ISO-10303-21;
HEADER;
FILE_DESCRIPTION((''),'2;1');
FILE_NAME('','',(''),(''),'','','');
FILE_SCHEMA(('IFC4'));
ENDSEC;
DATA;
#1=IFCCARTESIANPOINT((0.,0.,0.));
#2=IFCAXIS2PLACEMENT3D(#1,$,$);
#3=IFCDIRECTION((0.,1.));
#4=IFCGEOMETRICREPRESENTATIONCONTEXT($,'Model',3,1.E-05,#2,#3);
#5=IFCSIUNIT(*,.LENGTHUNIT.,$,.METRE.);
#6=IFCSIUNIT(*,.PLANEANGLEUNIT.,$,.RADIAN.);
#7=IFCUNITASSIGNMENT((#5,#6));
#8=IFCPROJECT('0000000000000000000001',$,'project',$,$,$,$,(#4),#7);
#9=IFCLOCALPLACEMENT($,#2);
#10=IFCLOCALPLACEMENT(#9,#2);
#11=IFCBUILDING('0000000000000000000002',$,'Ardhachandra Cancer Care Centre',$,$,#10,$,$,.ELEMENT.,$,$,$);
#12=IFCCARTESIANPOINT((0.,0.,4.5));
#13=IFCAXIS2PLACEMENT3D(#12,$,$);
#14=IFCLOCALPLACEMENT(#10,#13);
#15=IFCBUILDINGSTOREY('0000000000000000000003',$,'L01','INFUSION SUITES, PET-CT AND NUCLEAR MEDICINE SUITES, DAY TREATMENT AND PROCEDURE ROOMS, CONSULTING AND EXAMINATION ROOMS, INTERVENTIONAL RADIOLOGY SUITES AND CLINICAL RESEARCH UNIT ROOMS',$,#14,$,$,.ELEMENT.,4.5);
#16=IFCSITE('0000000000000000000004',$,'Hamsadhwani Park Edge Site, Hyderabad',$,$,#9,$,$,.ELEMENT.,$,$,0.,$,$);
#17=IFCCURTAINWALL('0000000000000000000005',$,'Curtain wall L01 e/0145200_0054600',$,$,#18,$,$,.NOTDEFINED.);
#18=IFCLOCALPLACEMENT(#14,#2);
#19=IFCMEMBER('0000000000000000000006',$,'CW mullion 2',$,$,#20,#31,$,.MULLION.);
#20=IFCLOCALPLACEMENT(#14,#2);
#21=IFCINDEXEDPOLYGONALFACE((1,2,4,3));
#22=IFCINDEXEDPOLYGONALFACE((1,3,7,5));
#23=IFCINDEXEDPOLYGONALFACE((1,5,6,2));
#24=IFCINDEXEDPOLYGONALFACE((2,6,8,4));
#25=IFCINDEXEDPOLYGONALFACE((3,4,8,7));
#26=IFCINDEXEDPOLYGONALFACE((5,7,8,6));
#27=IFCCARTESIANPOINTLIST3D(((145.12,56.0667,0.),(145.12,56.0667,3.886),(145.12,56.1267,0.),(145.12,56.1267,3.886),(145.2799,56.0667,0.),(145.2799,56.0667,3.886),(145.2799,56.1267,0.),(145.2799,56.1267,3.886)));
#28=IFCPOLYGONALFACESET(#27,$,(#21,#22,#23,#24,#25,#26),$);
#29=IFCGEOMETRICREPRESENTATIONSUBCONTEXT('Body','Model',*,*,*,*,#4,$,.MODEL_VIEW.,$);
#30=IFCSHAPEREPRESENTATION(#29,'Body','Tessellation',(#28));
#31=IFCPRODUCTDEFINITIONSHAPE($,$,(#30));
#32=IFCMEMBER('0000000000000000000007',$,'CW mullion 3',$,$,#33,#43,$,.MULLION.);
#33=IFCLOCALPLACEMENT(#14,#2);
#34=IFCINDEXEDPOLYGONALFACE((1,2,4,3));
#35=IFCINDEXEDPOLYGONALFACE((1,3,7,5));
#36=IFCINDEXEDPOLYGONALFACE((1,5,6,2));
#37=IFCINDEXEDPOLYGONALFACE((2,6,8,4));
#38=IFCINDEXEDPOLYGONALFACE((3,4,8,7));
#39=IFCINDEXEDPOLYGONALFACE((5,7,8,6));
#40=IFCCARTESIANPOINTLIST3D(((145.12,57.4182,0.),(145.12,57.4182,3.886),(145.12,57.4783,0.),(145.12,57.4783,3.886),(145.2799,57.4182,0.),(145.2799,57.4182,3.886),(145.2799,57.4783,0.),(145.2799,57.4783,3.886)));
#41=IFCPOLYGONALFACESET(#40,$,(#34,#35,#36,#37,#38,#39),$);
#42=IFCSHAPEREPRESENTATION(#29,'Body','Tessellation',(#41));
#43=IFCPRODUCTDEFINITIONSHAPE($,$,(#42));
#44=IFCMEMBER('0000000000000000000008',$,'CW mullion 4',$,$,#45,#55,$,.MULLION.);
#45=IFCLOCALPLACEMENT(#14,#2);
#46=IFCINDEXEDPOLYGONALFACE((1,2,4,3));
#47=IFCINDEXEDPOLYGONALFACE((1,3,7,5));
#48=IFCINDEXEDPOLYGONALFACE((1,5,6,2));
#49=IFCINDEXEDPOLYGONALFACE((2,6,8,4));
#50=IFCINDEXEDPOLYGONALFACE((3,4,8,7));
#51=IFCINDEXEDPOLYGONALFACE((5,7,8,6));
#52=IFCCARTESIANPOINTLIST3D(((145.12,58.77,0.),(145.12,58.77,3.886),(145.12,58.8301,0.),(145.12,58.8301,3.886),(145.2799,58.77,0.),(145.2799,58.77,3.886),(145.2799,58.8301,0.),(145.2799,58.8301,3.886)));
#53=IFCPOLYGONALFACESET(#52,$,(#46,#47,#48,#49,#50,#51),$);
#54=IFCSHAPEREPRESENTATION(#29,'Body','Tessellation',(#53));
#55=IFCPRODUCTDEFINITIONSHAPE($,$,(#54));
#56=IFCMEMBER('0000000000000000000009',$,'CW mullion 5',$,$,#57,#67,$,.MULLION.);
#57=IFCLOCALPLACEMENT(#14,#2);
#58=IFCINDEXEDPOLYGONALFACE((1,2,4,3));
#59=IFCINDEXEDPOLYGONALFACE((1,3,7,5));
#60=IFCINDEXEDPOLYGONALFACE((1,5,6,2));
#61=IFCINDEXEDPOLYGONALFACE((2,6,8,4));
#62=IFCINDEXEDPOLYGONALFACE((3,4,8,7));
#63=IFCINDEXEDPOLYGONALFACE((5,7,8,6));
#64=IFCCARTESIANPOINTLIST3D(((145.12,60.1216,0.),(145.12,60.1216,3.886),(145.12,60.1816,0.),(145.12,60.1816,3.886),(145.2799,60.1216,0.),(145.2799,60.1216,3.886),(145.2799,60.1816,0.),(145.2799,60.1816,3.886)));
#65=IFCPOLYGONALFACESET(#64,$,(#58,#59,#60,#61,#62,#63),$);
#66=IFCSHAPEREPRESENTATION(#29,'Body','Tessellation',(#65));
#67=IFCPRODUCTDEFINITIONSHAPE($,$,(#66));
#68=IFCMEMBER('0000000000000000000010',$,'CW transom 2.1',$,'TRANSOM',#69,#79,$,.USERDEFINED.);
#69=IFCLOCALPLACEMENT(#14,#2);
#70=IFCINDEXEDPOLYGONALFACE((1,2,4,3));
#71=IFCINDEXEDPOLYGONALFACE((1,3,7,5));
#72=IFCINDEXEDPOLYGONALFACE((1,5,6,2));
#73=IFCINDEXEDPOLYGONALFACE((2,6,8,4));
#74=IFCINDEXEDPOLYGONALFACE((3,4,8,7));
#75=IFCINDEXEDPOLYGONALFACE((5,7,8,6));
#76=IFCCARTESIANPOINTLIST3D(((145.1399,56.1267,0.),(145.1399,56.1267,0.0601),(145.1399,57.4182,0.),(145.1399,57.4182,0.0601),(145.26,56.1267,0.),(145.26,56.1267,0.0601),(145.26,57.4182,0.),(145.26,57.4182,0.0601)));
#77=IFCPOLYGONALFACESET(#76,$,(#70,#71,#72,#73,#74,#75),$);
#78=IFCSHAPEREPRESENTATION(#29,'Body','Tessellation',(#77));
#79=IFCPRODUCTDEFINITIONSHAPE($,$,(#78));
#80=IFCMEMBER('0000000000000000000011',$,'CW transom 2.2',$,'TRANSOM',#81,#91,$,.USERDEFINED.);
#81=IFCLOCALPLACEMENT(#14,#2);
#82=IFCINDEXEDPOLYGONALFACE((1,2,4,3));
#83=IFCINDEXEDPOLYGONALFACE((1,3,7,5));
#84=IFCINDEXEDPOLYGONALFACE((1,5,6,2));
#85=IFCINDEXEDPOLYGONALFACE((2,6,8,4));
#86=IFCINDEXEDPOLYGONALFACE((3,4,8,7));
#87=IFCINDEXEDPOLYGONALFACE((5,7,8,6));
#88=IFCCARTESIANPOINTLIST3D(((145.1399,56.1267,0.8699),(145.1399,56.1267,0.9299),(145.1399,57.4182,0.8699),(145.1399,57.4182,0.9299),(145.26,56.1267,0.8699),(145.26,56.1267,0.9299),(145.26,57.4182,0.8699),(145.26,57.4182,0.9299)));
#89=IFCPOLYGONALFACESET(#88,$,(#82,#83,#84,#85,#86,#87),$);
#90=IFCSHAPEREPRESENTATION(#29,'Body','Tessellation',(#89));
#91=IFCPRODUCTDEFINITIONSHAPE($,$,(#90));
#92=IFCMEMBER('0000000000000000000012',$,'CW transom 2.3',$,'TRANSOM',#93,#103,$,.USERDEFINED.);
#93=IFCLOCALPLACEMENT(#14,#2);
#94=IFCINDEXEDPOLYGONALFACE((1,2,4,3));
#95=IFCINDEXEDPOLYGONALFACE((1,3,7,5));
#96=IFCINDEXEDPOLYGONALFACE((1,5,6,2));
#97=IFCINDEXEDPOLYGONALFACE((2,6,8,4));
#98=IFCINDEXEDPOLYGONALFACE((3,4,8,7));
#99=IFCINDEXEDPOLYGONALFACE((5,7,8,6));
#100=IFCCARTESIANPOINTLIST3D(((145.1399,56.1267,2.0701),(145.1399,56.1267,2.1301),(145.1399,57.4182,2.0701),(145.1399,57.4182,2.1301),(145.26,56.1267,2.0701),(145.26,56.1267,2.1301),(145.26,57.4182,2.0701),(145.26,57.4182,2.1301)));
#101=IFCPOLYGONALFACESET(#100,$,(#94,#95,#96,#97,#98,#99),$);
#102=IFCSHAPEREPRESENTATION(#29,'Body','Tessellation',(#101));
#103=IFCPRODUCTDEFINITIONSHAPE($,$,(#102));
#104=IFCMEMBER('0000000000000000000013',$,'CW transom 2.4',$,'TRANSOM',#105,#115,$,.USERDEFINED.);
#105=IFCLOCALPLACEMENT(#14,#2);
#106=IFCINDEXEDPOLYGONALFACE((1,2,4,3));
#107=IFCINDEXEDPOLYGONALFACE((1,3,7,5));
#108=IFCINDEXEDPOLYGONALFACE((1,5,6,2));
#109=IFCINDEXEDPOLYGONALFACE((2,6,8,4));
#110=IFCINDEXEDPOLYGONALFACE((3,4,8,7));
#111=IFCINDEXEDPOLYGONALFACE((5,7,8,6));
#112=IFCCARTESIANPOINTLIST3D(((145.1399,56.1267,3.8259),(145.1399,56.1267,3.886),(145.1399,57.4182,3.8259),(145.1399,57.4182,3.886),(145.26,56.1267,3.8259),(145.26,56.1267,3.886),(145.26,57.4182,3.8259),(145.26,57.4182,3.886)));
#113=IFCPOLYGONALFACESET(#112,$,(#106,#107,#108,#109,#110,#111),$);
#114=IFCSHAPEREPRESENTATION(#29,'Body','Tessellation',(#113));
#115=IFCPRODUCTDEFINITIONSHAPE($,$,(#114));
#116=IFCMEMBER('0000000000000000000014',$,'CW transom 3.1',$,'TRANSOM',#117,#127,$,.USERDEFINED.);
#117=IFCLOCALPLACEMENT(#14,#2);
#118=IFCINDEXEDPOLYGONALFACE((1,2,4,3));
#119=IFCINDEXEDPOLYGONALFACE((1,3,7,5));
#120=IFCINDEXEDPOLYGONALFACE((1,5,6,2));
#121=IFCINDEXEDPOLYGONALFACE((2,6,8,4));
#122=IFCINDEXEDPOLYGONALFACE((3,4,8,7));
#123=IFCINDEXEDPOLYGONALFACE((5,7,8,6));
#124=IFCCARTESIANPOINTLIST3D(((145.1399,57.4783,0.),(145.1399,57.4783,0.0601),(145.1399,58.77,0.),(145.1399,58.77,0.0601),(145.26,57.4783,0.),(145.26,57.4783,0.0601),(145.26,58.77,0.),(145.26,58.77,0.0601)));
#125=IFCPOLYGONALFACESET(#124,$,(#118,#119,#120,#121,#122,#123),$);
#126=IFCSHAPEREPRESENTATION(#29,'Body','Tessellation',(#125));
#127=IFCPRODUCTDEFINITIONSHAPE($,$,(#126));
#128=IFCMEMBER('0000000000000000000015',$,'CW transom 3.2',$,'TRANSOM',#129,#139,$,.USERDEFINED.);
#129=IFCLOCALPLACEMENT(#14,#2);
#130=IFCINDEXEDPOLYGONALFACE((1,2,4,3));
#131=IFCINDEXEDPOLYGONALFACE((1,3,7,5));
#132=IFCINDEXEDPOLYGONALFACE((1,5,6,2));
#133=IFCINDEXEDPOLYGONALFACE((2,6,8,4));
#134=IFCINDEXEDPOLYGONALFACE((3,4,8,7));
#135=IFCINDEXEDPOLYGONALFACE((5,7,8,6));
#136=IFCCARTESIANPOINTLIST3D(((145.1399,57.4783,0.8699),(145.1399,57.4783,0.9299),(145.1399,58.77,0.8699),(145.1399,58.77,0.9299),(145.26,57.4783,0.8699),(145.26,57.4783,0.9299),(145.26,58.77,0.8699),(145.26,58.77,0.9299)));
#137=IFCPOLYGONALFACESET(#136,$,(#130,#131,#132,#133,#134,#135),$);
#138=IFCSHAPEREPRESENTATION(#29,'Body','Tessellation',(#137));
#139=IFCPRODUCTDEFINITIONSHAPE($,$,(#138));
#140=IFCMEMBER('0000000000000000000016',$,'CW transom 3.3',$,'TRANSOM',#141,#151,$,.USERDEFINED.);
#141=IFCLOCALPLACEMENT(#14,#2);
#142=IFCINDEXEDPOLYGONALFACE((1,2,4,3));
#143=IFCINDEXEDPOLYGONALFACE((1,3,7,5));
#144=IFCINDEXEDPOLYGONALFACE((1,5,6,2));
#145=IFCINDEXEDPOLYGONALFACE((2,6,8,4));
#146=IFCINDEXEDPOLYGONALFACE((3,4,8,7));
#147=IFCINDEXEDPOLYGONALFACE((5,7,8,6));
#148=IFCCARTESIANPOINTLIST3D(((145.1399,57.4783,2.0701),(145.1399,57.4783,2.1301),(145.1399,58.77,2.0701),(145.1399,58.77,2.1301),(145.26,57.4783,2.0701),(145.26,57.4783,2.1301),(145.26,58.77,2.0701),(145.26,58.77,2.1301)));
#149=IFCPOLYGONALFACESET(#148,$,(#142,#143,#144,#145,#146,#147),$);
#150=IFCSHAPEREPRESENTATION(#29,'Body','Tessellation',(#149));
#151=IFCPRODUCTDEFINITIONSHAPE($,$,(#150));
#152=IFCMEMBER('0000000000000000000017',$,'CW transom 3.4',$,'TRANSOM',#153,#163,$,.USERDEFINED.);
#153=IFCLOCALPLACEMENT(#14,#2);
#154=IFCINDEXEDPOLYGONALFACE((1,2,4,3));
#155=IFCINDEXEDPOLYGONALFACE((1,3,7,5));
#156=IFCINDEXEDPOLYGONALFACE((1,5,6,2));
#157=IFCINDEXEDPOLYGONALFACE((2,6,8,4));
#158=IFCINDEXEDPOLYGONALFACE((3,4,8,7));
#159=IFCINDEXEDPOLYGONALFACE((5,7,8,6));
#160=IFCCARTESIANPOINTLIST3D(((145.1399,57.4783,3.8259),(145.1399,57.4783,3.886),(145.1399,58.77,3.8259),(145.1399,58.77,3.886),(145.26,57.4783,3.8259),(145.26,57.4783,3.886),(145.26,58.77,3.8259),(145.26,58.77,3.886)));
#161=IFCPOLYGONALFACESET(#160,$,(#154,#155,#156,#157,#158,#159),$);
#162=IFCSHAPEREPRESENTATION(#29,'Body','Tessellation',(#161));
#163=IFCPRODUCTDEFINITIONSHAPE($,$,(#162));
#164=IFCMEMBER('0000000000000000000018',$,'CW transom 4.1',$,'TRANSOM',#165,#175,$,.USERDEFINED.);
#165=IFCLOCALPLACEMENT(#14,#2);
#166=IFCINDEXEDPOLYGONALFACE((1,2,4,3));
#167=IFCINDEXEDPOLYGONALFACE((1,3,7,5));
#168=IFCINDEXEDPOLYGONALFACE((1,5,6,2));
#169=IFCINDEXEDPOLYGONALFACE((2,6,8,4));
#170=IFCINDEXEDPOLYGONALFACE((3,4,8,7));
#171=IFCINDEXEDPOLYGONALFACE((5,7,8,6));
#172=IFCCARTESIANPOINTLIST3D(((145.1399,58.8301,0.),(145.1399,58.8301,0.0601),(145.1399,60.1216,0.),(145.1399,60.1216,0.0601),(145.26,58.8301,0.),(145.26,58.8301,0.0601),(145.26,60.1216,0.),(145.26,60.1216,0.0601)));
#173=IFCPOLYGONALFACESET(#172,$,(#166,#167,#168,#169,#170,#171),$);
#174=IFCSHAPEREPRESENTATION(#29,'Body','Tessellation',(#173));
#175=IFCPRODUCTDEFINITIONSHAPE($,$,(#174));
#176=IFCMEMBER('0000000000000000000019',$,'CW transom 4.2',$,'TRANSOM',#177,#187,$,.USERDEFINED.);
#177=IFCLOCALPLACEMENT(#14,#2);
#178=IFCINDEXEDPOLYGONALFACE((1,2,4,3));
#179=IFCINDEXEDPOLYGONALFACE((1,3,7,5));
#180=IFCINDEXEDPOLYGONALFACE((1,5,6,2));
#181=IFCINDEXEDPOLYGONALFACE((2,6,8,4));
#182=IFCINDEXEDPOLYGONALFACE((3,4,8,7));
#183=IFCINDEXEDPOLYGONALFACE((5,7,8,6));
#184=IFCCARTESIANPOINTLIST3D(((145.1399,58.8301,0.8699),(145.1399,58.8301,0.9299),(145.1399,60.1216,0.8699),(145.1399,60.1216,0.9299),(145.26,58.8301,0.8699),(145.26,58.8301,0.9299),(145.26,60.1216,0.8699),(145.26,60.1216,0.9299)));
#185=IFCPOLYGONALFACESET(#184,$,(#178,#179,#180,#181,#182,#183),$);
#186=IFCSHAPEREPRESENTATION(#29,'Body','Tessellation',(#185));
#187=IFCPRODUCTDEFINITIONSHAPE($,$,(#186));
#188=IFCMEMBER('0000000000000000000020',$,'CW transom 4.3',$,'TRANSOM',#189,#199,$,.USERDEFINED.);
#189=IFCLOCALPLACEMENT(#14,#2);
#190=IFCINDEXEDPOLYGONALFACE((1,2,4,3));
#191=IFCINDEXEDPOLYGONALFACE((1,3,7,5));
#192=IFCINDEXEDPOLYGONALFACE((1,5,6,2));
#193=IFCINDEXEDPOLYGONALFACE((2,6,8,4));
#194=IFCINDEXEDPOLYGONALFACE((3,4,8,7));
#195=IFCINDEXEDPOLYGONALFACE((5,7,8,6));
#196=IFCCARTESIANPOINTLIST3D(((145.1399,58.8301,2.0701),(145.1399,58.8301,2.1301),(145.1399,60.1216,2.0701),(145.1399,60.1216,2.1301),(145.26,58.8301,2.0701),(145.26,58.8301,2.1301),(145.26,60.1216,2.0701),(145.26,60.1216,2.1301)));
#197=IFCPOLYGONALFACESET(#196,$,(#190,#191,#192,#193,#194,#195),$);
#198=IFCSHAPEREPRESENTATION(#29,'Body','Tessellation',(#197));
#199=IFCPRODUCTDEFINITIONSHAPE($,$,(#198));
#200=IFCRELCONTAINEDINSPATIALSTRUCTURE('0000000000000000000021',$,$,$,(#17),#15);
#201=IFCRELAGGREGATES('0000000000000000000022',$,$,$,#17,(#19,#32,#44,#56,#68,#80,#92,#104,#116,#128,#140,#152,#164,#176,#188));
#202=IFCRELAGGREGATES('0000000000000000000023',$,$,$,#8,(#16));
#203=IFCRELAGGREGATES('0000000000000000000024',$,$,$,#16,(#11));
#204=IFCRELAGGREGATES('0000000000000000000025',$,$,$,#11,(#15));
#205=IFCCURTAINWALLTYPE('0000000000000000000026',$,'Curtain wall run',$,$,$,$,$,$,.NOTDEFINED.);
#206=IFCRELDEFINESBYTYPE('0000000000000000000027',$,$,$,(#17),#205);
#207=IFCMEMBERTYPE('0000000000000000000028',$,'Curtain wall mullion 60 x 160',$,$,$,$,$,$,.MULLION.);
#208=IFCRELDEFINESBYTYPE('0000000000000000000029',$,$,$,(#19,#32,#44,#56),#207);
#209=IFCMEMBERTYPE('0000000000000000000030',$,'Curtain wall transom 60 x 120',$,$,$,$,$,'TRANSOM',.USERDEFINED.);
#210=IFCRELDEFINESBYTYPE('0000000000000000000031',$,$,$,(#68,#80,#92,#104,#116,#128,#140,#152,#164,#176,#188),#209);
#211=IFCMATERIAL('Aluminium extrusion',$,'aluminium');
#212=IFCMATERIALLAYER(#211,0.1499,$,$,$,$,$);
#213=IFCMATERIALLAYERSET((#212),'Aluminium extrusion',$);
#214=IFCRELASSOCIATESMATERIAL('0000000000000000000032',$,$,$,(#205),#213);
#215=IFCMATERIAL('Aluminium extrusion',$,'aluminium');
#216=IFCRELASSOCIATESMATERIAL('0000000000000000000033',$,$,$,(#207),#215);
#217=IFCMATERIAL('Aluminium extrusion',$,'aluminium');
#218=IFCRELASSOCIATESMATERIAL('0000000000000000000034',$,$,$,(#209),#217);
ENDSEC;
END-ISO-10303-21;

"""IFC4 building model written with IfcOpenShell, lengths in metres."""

from ifc_helpers import new_model, si_unit, direction, frame, origin, origin_2d, place, context, subcontext, project, spatial, rectangle, extrude, material, layer, layer_set, material_profile, profile_set, type_object, element, aggregate, save


model = new_model("IFC4")

# Units and contexts
model_context = context("Model", 3, precision=1e-05, world=origin(), true_north=direction((0.0, 1.0)))
body_context = subcontext(model_context, "Body", "Model", "MODEL_VIEW")
ifc_project = project(units=[si_unit("LENGTHUNIT", "METRE"), si_unit("PLANEANGLEUNIT", "RADIAN")], contexts=[model_context])

# Site, building, storey
site_placement = place(None, origin())
site = spatial("IfcSite", under=ifc_project, at=site_placement, Name="Hamsadhwani Park Edge Site, Hyderabad", CompositionType="ELEMENT", RefElevation=0.0)
building_placement = place(site_placement, origin())
building = spatial("IfcBuilding", under=site, at=building_placement, Name="Ardhachandra Cancer Care Centre", CompositionType="ELEMENT")
storey_placement = place(building_placement, frame((0.0, 0.0, 4.5)))
storey = spatial("IfcBuildingStorey", under=building, at=storey_placement, Name="L01", Description="INFUSION SUITES, PET-CT AND NUCLEAR MEDICINE SUITES, DAY TREATMENT AND PROCEDURE ROOMS, CONSULTING AND EXAMINATION ROOMS, INTERVENTIONAL RADIOLOGY SUITES AND CLINICAL RESEARCH UNIT ROOMS", CompositionType="ELEMENT", Elevation=4.5)

# Curtain wall, members
ifc_material_1 = material(Name="Aluminium extrusion", Category="aluminium")
ifc_layer_1 = layer(ifc_material_1, 0.1499)
ifc_layer_set_1 = layer_set([ifc_layer_1], Name="Aluminium extrusion")
curtain_wall_type = type_object("IfcCurtainWallType", Name="Curtain wall run", PredefinedType="NOTDEFINED", material=ifc_layer_set_1)
curtain_wall_placement = place(storey_placement, origin())
curtain_wall = element("IfcCurtainWall", 1, at=curtain_wall_placement, inside=storey, type_object=curtain_wall_type, Name="Curtain wall L01 e/0145200_0054600", PredefinedType="NOTDEFINED")
ifc_material_2 = material(Name="Aluminium extrusion", Category="aluminium")
ifc_material_profile_1 = material_profile(ifc_material_2, rectangle(XDim=0.1599, YDim=0.0601, at=origin_2d()), Name="Curtain wall mullion 60 x 160")
ifc_profile_set_1 = profile_set([ifc_material_profile_1], Name="Aluminium extrusion")
member_type_1 = type_object("IfcMemberType", Name="Curtain wall mullion 60 x 160", PredefinedType="MULLION", material=ifc_profile_set_1)
member_1_placement = place(storey_placement, frame((145.2, 56.0967, 0.0), z_axis=(0.0, 0.0, 1.0), x_axis=(-1.0, 0.0, 0.0)))
member_1 = element("IfcMember", 2, at=member_1_placement, type_object=member_type_1, Name="CW mullion 2", PredefinedType="MULLION", context=body_context, shape_type="SweptSolid", body=[
    extrude(rectangle(XDim=0.1599, YDim=0.0601, at=origin_2d()), origin(), (0.0, 0.0, 1.0), 3.886),
])
member_2_placement = place(storey_placement, frame((145.2, 57.4482, 0.0), z_axis=(0.0, 0.0, 1.0), x_axis=(-1.0, 0.0, 0.0)))
member_2 = element("IfcMember", 3, at=member_2_placement, type_object=member_type_1, Name="CW mullion 3", PredefinedType="MULLION", context=body_context, shape_type="SweptSolid", body=[
    extrude(rectangle(XDim=0.1599, YDim=0.0601, at=origin_2d()), origin(), (0.0, 0.0, 1.0), 3.886),
])
member_3_placement = place(storey_placement, frame((145.2, 58.8, 0.0), z_axis=(0.0, 0.0, 1.0), x_axis=(-1.0, 0.0, 0.0)))
member_3 = element("IfcMember", 4, at=member_3_placement, type_object=member_type_1, Name="CW mullion 4", PredefinedType="MULLION", context=body_context, shape_type="SweptSolid", body=[
    extrude(rectangle(XDim=0.1599, YDim=0.0601, at=origin_2d()), origin(), (0.0, 0.0, 1.0), 3.886),
])
member_4_placement = place(storey_placement, frame((145.2, 60.1516, 0.0), z_axis=(0.0, 0.0, 1.0), x_axis=(-1.0, 0.0, 0.0)))
member_4 = element("IfcMember", 5, at=member_4_placement, type_object=member_type_1, Name="CW mullion 5", PredefinedType="MULLION", context=body_context, shape_type="SweptSolid", body=[
    extrude(rectangle(XDim=0.1599, YDim=0.0601, at=origin_2d()), origin(), (0.0, 0.0, 1.0), 3.886),
])
ifc_material_3 = material(Name="Aluminium extrusion", Category="aluminium")
ifc_material_profile_2 = material_profile(ifc_material_3, rectangle(XDim=0.1201, YDim=0.0601, at=origin_2d()), Name="Curtain wall transom 60 x 120")
ifc_profile_set_2 = profile_set([ifc_material_profile_2], Name="Aluminium extrusion")
member_type_2 = type_object("IfcMemberType", Name="Curtain wall transom 60 x 120", ElementType="TRANSOM", PredefinedType="USERDEFINED", material=ifc_profile_set_2)
member_5_placement = place(storey_placement, frame((145.2, 56.1267, 0.03), z_axis=(0.0, 1.0, 0.0), x_axis=(-1.0, 0.0, 0.0)))
member_5 = element("IfcMember", 6, at=member_5_placement, type_object=member_type_2, Name="CW transom 2.1", ObjectType="TRANSOM", PredefinedType="USERDEFINED", context=body_context, shape_type="SweptSolid", body=[
    extrude(rectangle(XDim=0.1201, YDim=0.0601, at=origin_2d()), origin(), (0.0, 0.0, 1.0), 1.2915),
])
member_6_placement = place(storey_placement, frame((145.2, 56.1267, 0.8999), z_axis=(0.0, 1.0, 0.0), x_axis=(-1.0, 0.0, 0.0)))
member_6 = element("IfcMember", 7, at=member_6_placement, type_object=member_type_2, Name="CW transom 2.2", ObjectType="TRANSOM", PredefinedType="USERDEFINED", context=body_context, shape_type="SweptSolid", body=[
    extrude(rectangle(XDim=0.1201, YDim=0.0601, at=origin_2d()), origin(), (0.0, 0.0, 1.0), 1.2915),
])
member_7_placement = place(storey_placement, frame((145.2, 56.1267, 2.1001), z_axis=(0.0, 1.0, 0.0), x_axis=(-1.0, 0.0, 0.0)))
member_7 = element("IfcMember", 8, at=member_7_placement, type_object=member_type_2, Name="CW transom 2.3", ObjectType="TRANSOM", PredefinedType="USERDEFINED", context=body_context, shape_type="SweptSolid", body=[
    extrude(rectangle(XDim=0.1201, YDim=0.0601, at=origin_2d()), origin(), (0.0, 0.0, 1.0), 1.2915),
])
member_8_placement = place(storey_placement, frame((145.2, 56.1267, 3.856), z_axis=(0.0, 1.0, 0.0), x_axis=(-1.0, 0.0, 0.0)))
member_8 = element("IfcMember", 9, at=member_8_placement, type_object=member_type_2, Name="CW transom 2.4", ObjectType="TRANSOM", PredefinedType="USERDEFINED", context=body_context, shape_type="SweptSolid", body=[
    extrude(rectangle(XDim=0.1201, YDim=0.0601, at=origin_2d()), origin(), (0.0, 0.0, 1.0), 1.2915),
])
member_9_placement = place(storey_placement, frame((145.2, 57.4783, 0.03), z_axis=(0.0, 1.0, 0.0), x_axis=(-1.0, 0.0, 0.0)))
member_9 = element("IfcMember", 10, at=member_9_placement, type_object=member_type_2, Name="CW transom 3.1", ObjectType="TRANSOM", PredefinedType="USERDEFINED", context=body_context, shape_type="SweptSolid", body=[
    extrude(rectangle(XDim=0.1201, YDim=0.0601, at=origin_2d()), origin(), (0.0, 0.0, 1.0), 1.2917),
])
member_10_placement = place(storey_placement, frame((145.2, 57.4783, 0.8999), z_axis=(0.0, 1.0, 0.0), x_axis=(-1.0, 0.0, 0.0)))
member_10 = element("IfcMember", 11, at=member_10_placement, type_object=member_type_2, Name="CW transom 3.2", ObjectType="TRANSOM", PredefinedType="USERDEFINED", context=body_context, shape_type="SweptSolid", body=[
    extrude(rectangle(XDim=0.1201, YDim=0.0601, at=origin_2d()), origin(), (0.0, 0.0, 1.0), 1.2917),
])
member_11_placement = place(storey_placement, frame((145.2, 57.4783, 2.1001), z_axis=(0.0, 1.0, 0.0), x_axis=(-1.0, 0.0, 0.0)))
member_11 = element("IfcMember", 12, at=member_11_placement, type_object=member_type_2, Name="CW transom 3.3", ObjectType="TRANSOM", PredefinedType="USERDEFINED", context=body_context, shape_type="SweptSolid", body=[
    extrude(rectangle(XDim=0.1201, YDim=0.0601, at=origin_2d()), origin(), (0.0, 0.0, 1.0), 1.2917),
])
member_12_placement = place(storey_placement, frame((145.2, 57.4783, 3.856), z_axis=(0.0, 1.0, 0.0), x_axis=(-1.0, 0.0, 0.0)))
member_12 = element("IfcMember", 13, at=member_12_placement, type_object=member_type_2, Name="CW transom 3.4", ObjectType="TRANSOM", PredefinedType="USERDEFINED", context=body_context, shape_type="SweptSolid", body=[
    extrude(rectangle(XDim=0.1201, YDim=0.0601, at=origin_2d()), origin(), (0.0, 0.0, 1.0), 1.2917),
])
member_13_placement = place(storey_placement, frame((145.2, 58.8301, 0.03), z_axis=(0.0, 1.0, 0.0), x_axis=(-1.0, 0.0, 0.0)))
member_13 = element("IfcMember", 14, at=member_13_placement, type_object=member_type_2, Name="CW transom 4.1", ObjectType="TRANSOM", PredefinedType="USERDEFINED", context=body_context, shape_type="SweptSolid", body=[
    extrude(rectangle(XDim=0.1201, YDim=0.0601, at=origin_2d()), origin(), (0.0, 0.0, 1.0), 1.2915),
])
member_14_placement = place(storey_placement, frame((145.2, 58.8301, 0.8999), z_axis=(0.0, 1.0, 0.0), x_axis=(-1.0, 0.0, 0.0)))
member_14 = element("IfcMember", 15, at=member_14_placement, type_object=member_type_2, Name="CW transom 4.2", ObjectType="TRANSOM", PredefinedType="USERDEFINED", context=body_context, shape_type="SweptSolid", body=[
    extrude(rectangle(XDim=0.1201, YDim=0.0601, at=origin_2d()), origin(), (0.0, 0.0, 1.0), 1.2915),
])
member_15_placement = place(storey_placement, frame((145.2, 58.8301, 2.1001), z_axis=(0.0, 1.0, 0.0), x_axis=(-1.0, 0.0, 0.0)))
member_15 = element("IfcMember", 16, at=member_15_placement, type_object=member_type_2, Name="CW transom 4.3", ObjectType="TRANSOM", PredefinedType="USERDEFINED", context=body_context, shape_type="SweptSolid", body=[
    extrude(rectangle(XDim=0.1201, YDim=0.0601, at=origin_2d()), origin(), (0.0, 0.0, 1.0), 1.2915),
])
aggregate(curtain_wall, [member_1, member_2, member_3, member_4, member_5, member_6, member_7, member_8, member_9, member_10, member_11, member_12, member_13, member_14, member_15])

save(model, "model.ifc")
